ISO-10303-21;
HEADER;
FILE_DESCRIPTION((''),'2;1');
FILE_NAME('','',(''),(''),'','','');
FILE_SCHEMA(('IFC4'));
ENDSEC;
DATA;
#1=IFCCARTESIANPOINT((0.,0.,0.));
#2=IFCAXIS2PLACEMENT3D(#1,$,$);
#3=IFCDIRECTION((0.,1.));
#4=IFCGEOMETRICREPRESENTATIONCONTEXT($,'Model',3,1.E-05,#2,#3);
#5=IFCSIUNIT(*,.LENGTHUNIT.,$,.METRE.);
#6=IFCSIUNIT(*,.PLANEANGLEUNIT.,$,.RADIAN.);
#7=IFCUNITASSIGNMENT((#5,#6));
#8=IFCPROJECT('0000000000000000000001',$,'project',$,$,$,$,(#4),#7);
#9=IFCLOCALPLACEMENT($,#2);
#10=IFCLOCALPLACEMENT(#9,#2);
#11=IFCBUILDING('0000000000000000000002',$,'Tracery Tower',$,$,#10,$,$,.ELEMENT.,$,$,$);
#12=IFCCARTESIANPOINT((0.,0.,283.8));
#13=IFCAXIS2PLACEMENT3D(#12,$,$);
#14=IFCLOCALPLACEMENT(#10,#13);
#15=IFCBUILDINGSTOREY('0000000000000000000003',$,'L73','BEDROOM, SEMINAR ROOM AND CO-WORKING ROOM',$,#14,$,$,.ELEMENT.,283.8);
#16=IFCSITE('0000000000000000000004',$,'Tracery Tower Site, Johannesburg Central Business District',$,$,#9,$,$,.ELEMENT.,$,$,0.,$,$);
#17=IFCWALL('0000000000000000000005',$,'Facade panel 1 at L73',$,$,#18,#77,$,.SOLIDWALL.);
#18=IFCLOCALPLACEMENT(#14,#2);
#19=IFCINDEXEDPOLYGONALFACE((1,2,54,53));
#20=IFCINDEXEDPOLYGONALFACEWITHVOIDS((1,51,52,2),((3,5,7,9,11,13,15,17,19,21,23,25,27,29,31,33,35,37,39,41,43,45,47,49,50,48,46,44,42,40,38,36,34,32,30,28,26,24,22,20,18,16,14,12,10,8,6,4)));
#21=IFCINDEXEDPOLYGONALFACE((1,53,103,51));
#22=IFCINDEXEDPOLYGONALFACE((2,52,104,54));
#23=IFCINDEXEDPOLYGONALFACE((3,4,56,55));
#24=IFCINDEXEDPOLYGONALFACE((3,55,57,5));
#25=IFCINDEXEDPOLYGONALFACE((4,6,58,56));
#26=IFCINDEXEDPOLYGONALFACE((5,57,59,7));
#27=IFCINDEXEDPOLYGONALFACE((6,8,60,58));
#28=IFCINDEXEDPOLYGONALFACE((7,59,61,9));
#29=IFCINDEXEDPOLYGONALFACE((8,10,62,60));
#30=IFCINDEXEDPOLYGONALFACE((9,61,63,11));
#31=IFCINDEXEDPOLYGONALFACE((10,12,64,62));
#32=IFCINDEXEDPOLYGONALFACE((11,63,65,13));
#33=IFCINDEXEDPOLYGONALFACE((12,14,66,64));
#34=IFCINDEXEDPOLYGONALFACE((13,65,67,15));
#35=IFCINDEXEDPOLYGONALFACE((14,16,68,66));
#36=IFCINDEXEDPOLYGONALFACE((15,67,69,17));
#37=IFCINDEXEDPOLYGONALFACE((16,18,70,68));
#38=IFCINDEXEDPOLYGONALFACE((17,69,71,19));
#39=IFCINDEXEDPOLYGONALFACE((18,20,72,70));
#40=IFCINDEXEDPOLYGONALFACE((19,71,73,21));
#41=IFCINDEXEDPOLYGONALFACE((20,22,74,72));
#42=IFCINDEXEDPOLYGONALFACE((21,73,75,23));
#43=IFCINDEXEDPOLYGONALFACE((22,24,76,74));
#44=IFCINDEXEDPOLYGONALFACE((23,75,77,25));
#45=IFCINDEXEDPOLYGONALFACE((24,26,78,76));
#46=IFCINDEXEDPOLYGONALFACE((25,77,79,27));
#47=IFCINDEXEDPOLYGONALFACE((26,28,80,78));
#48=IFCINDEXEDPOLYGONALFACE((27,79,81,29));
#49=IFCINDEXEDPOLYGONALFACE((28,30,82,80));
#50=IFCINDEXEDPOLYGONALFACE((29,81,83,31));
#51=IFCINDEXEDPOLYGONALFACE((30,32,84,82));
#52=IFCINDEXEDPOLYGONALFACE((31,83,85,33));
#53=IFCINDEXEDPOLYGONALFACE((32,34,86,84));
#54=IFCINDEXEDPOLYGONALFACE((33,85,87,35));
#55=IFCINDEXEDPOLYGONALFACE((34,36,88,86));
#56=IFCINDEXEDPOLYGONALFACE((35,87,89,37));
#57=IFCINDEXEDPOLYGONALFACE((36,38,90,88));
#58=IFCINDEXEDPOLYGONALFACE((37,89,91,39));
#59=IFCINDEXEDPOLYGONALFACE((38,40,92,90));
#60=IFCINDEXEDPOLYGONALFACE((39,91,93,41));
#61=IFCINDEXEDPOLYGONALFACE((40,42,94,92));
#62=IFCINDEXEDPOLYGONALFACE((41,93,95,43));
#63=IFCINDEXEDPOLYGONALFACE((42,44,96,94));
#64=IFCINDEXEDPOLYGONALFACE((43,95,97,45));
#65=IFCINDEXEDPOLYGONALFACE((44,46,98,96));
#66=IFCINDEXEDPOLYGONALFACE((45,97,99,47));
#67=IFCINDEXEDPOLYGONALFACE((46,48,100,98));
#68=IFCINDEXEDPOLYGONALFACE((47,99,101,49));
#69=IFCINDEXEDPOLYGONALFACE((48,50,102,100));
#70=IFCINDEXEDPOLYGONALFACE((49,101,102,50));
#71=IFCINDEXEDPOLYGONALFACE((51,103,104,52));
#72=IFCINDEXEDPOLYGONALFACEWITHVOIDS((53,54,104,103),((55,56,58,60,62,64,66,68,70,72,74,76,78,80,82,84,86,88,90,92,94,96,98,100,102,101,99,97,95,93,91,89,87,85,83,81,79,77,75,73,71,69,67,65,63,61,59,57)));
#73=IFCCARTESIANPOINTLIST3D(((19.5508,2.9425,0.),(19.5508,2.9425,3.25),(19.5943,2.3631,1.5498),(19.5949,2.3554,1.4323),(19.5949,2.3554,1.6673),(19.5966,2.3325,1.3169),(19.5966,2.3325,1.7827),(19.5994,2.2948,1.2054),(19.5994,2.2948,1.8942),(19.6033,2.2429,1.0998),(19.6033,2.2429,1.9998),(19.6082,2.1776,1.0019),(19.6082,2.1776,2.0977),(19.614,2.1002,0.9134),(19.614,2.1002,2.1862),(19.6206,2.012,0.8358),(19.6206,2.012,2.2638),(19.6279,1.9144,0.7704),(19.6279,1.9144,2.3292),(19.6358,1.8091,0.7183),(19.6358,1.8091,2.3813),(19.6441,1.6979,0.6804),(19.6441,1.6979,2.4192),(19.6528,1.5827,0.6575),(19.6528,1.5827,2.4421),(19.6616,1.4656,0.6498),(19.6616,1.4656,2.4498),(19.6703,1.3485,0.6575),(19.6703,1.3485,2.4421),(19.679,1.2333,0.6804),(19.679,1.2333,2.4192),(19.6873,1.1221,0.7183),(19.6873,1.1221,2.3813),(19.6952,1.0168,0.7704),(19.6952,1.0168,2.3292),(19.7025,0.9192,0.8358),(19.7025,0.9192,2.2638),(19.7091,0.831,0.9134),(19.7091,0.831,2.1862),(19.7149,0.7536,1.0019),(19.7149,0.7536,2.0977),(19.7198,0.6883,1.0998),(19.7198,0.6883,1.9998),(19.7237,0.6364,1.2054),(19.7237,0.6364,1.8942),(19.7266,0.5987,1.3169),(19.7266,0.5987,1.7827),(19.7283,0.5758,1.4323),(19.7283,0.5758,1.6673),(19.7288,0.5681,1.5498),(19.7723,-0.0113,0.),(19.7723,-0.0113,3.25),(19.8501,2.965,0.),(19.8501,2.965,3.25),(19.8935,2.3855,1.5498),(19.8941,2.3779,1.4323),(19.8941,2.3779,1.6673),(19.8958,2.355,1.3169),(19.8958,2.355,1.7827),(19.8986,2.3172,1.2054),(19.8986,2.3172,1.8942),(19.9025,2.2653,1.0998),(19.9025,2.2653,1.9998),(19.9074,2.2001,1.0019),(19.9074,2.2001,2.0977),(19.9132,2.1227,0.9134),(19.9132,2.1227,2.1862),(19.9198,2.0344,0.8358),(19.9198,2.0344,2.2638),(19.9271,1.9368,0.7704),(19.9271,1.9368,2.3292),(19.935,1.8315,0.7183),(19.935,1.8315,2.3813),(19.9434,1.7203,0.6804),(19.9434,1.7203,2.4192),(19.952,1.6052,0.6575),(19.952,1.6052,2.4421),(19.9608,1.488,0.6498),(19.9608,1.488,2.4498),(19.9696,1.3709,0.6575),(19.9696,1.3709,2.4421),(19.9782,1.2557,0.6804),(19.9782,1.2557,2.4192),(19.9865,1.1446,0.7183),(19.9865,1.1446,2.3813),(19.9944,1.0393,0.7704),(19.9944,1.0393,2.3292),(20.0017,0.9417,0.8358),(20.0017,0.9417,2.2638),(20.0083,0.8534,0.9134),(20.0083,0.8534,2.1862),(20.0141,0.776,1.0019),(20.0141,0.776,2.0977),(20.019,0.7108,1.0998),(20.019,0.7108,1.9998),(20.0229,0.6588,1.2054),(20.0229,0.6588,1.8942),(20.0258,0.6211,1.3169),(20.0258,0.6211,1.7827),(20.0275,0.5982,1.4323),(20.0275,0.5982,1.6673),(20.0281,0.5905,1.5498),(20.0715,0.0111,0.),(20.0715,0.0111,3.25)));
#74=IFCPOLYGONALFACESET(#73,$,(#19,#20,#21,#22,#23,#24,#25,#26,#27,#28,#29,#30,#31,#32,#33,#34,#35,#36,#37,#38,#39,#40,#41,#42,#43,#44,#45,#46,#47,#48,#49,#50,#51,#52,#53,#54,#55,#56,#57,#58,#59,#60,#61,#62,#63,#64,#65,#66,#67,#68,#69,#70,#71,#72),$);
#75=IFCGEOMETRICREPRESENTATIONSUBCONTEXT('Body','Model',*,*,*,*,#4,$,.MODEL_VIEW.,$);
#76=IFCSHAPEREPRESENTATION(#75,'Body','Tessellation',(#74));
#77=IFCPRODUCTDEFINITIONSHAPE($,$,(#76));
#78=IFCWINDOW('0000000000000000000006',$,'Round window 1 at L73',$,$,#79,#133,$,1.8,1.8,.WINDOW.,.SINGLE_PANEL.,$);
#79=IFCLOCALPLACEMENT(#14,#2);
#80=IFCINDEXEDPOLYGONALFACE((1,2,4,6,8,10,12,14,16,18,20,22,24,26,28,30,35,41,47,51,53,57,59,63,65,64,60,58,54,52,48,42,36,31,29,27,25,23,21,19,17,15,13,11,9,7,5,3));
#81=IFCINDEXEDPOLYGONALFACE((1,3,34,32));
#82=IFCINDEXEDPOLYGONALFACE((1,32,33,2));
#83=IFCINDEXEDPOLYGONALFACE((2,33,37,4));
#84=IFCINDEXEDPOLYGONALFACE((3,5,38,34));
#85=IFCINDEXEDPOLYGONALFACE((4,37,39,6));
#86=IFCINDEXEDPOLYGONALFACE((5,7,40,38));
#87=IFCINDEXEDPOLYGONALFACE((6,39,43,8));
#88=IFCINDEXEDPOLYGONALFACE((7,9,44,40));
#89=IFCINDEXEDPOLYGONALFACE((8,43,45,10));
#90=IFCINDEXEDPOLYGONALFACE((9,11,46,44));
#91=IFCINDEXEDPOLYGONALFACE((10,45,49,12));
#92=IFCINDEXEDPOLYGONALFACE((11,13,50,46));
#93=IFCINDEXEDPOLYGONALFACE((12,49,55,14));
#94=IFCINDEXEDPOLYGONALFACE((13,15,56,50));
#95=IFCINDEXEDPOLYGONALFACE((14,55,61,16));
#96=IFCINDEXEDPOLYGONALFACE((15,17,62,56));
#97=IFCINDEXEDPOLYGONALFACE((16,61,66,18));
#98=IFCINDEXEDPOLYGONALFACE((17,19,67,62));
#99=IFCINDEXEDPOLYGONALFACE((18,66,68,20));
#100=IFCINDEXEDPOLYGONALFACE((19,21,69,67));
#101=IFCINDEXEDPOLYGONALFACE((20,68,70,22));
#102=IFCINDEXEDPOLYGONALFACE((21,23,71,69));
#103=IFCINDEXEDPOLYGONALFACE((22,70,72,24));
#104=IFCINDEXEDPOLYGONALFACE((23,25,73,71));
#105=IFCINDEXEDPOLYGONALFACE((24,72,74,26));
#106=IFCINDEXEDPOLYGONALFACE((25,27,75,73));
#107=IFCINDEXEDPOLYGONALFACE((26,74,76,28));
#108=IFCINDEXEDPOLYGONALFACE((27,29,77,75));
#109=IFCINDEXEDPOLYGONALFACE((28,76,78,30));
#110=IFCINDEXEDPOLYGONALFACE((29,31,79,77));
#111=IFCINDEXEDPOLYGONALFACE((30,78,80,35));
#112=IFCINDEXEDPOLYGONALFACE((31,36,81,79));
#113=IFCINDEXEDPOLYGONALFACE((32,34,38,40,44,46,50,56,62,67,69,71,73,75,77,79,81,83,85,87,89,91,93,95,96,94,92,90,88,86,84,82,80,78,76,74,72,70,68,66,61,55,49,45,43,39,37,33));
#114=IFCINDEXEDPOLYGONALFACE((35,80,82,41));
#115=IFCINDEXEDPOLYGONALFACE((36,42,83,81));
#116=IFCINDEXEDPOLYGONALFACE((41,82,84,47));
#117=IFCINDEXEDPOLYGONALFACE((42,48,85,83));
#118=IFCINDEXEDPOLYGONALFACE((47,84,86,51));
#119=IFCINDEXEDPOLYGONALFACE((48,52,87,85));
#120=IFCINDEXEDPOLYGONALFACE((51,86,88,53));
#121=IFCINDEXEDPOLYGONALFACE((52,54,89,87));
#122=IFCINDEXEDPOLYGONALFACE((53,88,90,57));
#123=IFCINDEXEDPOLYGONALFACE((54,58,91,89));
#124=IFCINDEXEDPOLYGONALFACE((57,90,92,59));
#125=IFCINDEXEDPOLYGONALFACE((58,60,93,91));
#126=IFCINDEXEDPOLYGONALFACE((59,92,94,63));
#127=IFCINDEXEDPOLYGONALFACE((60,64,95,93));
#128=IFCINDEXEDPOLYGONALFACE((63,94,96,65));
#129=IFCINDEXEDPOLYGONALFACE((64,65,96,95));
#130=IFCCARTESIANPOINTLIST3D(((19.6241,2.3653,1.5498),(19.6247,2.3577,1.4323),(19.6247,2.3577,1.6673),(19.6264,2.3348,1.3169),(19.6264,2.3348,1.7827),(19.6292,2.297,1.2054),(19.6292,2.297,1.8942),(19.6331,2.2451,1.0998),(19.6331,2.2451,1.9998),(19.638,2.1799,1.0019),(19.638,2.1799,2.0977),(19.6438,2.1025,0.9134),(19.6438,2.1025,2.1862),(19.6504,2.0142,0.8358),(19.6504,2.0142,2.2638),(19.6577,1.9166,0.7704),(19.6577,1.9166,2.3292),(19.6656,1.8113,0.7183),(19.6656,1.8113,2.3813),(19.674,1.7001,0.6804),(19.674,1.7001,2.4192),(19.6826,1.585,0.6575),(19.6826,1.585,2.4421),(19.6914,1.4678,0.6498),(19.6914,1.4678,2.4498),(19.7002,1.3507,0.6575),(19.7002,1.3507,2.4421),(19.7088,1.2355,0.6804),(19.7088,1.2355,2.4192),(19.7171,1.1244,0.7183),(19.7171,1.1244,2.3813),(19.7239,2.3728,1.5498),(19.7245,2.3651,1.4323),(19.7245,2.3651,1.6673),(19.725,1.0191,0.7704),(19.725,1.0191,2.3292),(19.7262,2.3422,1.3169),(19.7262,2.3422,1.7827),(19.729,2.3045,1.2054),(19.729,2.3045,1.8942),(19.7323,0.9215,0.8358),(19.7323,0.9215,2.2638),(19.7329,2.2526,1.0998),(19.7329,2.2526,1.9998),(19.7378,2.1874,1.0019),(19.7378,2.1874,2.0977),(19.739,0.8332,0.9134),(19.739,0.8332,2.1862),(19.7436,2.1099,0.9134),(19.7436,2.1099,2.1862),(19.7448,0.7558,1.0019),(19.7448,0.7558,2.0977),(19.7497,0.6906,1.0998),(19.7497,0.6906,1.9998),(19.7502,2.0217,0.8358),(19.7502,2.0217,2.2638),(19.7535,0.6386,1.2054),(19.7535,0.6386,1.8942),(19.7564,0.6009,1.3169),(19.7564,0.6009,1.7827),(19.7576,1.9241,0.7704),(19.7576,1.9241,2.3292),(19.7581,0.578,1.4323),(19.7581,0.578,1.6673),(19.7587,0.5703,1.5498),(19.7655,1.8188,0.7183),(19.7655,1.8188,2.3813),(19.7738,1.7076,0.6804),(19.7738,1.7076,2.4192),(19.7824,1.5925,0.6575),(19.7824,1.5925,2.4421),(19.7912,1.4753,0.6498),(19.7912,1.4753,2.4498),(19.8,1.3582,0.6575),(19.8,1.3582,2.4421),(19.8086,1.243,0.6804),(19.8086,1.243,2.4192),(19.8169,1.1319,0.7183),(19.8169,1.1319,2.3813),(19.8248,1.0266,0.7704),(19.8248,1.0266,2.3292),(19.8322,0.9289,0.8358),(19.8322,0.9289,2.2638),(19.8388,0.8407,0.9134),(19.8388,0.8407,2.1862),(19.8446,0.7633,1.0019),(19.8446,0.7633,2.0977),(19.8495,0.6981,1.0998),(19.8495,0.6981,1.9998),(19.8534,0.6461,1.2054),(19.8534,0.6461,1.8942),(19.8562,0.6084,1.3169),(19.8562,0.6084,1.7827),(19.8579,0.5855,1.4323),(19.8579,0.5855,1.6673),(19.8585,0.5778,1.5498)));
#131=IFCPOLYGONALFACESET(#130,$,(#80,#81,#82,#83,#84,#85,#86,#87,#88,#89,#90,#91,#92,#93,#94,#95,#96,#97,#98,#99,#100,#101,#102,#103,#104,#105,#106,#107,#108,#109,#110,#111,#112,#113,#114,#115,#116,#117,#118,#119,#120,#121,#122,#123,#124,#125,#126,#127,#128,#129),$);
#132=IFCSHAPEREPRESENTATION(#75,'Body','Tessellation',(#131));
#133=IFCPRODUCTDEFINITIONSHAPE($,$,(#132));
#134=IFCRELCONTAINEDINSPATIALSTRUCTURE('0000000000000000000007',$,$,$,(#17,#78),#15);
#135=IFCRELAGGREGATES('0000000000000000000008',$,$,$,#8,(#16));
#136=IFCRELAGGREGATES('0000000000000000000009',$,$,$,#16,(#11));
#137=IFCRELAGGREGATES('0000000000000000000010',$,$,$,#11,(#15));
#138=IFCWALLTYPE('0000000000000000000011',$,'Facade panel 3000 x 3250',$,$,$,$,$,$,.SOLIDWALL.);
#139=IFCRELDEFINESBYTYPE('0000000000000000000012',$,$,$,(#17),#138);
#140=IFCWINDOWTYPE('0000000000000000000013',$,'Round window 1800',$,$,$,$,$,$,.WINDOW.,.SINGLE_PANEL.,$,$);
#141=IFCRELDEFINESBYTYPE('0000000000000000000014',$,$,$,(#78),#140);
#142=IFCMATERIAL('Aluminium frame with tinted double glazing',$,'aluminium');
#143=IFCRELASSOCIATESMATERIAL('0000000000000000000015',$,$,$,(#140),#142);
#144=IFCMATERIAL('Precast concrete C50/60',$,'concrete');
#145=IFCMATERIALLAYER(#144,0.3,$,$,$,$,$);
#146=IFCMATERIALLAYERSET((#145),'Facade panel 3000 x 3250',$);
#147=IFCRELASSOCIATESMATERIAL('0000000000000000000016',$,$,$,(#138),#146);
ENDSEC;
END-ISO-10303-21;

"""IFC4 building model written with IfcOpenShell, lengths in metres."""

from ifc_helpers import new_model, si_unit, direction, frame, frame_2d, origin, origin_2d, place, context, subcontext, project, spatial, rectangle, circle, extrude, material, layer, layer_set, type_object, element, fill, save


model = new_model("IFC4")

# Units and contexts
model_context = context("Model", 3, precision=1e-05, world=origin(), true_north=direction((0.0, 1.0)))
body_context = subcontext(model_context, "Body", "Model", "MODEL_VIEW")
ifc_project = project(units=[si_unit("LENGTHUNIT", "METRE"), si_unit("PLANEANGLEUNIT", "RADIAN")], contexts=[model_context])

# Site, building, storey
site_placement = place(None, origin())
site = spatial("IfcSite", under=ifc_project, at=site_placement, Name="Tracery Tower Site, Johannesburg Central Business District", CompositionType="ELEMENT", RefElevation=0.0)
building_placement = place(site_placement, origin())
building = spatial("IfcBuilding", under=site, at=building_placement, Name="Tracery Tower", CompositionType="ELEMENT")
storey_placement = place(building_placement, frame((0.0, 0.0, 283.8)))
storey = spatial("IfcBuildingStorey", under=building, at=storey_placement, Name="L73", Description="BEDROOM, SEMINAR ROOM AND CO-WORKING ROOM", CompositionType="ELEMENT", Elevation=283.8)

# Wall, opening, window
ifc_material_1 = material(Name="Aluminium frame with tinted double glazing", Category="aluminium")
window_type = type_object("IfcWindowType", Name="Round window 1800", PartitioningType="SINGLE_PANEL", PredefinedType="WINDOW", material=ifc_material_1)
ifc_material_2 = material(Name="Precast concrete C50/60", Category="concrete")
ifc_layer_1 = layer(ifc_material_2, 0.3)
ifc_layer_set_1 = layer_set([ifc_layer_1], Name="Facade panel 3000 x 3250")
wall_type_1 = type_object("IfcWallType", Name="Facade panel 3000 x 3250", PredefinedType="SOLIDWALL", material=ifc_layer_set_1)
wall_1_placement = place(storey_placement, frame((19.9219, 0.0, 0.0), z_axis=(0.0, 0.0, 1.0), x_axis=(-0.074755, 0.997202, 0.0)))
wall_1 = element("IfcWall", 1, at=wall_1_placement, inside=storey, type_object=wall_type_1, Name="Facade panel 1 at L73", PredefinedType="SOLIDWALL", context=body_context, shape_type="SweptSolid", body=[
    extrude(rectangle(XDim=2.9622, YDim=0.3, at=frame_2d((1.481, 0.0))), origin(), (0.0, 0.0, 1.0), 3.25),
])
opening_1_placement = place(wall_1_placement, frame((1.481, 0.0, 1.5498)))
opening_1 = element("IfcOpeningElement", 2, at=opening_1_placement, cuts=wall_1, PredefinedType="OPENING", context=body_context, shape_type="SweptSolid", body=[
    extrude(circle(Radius=0.9, at=origin_2d()), frame((0.0, 0.1599, 0.0), z_axis=(0.0, -1.0, 0.0), x_axis=(1.0, 0.0, 0.0)), (0.0, 0.0, 1.0), 0.3201),
])
window_1_placement = place(opening_1_placement, origin())
window_1 = element("IfcWindow", 3, at=window_1_placement, inside=storey, type_object=window_type, Name="Round window 1 at L73", OverallHeight=1.8, OverallWidth=1.8, PartitioningType="SINGLE_PANEL", PredefinedType="WINDOW", context=body_context, shape_type="SweptSolid", body=[
    extrude(circle(Radius=0.9, at=origin_2d()), frame((0.0, 0.1201, 0.0), z_axis=(0.0, -1.0, 0.0), x_axis=(1.0, 0.0, 0.0)), (0.0, 0.0, 1.0), 0.1001),
])
fill(opening_1, window_1)

save(model, "model.ifc")
